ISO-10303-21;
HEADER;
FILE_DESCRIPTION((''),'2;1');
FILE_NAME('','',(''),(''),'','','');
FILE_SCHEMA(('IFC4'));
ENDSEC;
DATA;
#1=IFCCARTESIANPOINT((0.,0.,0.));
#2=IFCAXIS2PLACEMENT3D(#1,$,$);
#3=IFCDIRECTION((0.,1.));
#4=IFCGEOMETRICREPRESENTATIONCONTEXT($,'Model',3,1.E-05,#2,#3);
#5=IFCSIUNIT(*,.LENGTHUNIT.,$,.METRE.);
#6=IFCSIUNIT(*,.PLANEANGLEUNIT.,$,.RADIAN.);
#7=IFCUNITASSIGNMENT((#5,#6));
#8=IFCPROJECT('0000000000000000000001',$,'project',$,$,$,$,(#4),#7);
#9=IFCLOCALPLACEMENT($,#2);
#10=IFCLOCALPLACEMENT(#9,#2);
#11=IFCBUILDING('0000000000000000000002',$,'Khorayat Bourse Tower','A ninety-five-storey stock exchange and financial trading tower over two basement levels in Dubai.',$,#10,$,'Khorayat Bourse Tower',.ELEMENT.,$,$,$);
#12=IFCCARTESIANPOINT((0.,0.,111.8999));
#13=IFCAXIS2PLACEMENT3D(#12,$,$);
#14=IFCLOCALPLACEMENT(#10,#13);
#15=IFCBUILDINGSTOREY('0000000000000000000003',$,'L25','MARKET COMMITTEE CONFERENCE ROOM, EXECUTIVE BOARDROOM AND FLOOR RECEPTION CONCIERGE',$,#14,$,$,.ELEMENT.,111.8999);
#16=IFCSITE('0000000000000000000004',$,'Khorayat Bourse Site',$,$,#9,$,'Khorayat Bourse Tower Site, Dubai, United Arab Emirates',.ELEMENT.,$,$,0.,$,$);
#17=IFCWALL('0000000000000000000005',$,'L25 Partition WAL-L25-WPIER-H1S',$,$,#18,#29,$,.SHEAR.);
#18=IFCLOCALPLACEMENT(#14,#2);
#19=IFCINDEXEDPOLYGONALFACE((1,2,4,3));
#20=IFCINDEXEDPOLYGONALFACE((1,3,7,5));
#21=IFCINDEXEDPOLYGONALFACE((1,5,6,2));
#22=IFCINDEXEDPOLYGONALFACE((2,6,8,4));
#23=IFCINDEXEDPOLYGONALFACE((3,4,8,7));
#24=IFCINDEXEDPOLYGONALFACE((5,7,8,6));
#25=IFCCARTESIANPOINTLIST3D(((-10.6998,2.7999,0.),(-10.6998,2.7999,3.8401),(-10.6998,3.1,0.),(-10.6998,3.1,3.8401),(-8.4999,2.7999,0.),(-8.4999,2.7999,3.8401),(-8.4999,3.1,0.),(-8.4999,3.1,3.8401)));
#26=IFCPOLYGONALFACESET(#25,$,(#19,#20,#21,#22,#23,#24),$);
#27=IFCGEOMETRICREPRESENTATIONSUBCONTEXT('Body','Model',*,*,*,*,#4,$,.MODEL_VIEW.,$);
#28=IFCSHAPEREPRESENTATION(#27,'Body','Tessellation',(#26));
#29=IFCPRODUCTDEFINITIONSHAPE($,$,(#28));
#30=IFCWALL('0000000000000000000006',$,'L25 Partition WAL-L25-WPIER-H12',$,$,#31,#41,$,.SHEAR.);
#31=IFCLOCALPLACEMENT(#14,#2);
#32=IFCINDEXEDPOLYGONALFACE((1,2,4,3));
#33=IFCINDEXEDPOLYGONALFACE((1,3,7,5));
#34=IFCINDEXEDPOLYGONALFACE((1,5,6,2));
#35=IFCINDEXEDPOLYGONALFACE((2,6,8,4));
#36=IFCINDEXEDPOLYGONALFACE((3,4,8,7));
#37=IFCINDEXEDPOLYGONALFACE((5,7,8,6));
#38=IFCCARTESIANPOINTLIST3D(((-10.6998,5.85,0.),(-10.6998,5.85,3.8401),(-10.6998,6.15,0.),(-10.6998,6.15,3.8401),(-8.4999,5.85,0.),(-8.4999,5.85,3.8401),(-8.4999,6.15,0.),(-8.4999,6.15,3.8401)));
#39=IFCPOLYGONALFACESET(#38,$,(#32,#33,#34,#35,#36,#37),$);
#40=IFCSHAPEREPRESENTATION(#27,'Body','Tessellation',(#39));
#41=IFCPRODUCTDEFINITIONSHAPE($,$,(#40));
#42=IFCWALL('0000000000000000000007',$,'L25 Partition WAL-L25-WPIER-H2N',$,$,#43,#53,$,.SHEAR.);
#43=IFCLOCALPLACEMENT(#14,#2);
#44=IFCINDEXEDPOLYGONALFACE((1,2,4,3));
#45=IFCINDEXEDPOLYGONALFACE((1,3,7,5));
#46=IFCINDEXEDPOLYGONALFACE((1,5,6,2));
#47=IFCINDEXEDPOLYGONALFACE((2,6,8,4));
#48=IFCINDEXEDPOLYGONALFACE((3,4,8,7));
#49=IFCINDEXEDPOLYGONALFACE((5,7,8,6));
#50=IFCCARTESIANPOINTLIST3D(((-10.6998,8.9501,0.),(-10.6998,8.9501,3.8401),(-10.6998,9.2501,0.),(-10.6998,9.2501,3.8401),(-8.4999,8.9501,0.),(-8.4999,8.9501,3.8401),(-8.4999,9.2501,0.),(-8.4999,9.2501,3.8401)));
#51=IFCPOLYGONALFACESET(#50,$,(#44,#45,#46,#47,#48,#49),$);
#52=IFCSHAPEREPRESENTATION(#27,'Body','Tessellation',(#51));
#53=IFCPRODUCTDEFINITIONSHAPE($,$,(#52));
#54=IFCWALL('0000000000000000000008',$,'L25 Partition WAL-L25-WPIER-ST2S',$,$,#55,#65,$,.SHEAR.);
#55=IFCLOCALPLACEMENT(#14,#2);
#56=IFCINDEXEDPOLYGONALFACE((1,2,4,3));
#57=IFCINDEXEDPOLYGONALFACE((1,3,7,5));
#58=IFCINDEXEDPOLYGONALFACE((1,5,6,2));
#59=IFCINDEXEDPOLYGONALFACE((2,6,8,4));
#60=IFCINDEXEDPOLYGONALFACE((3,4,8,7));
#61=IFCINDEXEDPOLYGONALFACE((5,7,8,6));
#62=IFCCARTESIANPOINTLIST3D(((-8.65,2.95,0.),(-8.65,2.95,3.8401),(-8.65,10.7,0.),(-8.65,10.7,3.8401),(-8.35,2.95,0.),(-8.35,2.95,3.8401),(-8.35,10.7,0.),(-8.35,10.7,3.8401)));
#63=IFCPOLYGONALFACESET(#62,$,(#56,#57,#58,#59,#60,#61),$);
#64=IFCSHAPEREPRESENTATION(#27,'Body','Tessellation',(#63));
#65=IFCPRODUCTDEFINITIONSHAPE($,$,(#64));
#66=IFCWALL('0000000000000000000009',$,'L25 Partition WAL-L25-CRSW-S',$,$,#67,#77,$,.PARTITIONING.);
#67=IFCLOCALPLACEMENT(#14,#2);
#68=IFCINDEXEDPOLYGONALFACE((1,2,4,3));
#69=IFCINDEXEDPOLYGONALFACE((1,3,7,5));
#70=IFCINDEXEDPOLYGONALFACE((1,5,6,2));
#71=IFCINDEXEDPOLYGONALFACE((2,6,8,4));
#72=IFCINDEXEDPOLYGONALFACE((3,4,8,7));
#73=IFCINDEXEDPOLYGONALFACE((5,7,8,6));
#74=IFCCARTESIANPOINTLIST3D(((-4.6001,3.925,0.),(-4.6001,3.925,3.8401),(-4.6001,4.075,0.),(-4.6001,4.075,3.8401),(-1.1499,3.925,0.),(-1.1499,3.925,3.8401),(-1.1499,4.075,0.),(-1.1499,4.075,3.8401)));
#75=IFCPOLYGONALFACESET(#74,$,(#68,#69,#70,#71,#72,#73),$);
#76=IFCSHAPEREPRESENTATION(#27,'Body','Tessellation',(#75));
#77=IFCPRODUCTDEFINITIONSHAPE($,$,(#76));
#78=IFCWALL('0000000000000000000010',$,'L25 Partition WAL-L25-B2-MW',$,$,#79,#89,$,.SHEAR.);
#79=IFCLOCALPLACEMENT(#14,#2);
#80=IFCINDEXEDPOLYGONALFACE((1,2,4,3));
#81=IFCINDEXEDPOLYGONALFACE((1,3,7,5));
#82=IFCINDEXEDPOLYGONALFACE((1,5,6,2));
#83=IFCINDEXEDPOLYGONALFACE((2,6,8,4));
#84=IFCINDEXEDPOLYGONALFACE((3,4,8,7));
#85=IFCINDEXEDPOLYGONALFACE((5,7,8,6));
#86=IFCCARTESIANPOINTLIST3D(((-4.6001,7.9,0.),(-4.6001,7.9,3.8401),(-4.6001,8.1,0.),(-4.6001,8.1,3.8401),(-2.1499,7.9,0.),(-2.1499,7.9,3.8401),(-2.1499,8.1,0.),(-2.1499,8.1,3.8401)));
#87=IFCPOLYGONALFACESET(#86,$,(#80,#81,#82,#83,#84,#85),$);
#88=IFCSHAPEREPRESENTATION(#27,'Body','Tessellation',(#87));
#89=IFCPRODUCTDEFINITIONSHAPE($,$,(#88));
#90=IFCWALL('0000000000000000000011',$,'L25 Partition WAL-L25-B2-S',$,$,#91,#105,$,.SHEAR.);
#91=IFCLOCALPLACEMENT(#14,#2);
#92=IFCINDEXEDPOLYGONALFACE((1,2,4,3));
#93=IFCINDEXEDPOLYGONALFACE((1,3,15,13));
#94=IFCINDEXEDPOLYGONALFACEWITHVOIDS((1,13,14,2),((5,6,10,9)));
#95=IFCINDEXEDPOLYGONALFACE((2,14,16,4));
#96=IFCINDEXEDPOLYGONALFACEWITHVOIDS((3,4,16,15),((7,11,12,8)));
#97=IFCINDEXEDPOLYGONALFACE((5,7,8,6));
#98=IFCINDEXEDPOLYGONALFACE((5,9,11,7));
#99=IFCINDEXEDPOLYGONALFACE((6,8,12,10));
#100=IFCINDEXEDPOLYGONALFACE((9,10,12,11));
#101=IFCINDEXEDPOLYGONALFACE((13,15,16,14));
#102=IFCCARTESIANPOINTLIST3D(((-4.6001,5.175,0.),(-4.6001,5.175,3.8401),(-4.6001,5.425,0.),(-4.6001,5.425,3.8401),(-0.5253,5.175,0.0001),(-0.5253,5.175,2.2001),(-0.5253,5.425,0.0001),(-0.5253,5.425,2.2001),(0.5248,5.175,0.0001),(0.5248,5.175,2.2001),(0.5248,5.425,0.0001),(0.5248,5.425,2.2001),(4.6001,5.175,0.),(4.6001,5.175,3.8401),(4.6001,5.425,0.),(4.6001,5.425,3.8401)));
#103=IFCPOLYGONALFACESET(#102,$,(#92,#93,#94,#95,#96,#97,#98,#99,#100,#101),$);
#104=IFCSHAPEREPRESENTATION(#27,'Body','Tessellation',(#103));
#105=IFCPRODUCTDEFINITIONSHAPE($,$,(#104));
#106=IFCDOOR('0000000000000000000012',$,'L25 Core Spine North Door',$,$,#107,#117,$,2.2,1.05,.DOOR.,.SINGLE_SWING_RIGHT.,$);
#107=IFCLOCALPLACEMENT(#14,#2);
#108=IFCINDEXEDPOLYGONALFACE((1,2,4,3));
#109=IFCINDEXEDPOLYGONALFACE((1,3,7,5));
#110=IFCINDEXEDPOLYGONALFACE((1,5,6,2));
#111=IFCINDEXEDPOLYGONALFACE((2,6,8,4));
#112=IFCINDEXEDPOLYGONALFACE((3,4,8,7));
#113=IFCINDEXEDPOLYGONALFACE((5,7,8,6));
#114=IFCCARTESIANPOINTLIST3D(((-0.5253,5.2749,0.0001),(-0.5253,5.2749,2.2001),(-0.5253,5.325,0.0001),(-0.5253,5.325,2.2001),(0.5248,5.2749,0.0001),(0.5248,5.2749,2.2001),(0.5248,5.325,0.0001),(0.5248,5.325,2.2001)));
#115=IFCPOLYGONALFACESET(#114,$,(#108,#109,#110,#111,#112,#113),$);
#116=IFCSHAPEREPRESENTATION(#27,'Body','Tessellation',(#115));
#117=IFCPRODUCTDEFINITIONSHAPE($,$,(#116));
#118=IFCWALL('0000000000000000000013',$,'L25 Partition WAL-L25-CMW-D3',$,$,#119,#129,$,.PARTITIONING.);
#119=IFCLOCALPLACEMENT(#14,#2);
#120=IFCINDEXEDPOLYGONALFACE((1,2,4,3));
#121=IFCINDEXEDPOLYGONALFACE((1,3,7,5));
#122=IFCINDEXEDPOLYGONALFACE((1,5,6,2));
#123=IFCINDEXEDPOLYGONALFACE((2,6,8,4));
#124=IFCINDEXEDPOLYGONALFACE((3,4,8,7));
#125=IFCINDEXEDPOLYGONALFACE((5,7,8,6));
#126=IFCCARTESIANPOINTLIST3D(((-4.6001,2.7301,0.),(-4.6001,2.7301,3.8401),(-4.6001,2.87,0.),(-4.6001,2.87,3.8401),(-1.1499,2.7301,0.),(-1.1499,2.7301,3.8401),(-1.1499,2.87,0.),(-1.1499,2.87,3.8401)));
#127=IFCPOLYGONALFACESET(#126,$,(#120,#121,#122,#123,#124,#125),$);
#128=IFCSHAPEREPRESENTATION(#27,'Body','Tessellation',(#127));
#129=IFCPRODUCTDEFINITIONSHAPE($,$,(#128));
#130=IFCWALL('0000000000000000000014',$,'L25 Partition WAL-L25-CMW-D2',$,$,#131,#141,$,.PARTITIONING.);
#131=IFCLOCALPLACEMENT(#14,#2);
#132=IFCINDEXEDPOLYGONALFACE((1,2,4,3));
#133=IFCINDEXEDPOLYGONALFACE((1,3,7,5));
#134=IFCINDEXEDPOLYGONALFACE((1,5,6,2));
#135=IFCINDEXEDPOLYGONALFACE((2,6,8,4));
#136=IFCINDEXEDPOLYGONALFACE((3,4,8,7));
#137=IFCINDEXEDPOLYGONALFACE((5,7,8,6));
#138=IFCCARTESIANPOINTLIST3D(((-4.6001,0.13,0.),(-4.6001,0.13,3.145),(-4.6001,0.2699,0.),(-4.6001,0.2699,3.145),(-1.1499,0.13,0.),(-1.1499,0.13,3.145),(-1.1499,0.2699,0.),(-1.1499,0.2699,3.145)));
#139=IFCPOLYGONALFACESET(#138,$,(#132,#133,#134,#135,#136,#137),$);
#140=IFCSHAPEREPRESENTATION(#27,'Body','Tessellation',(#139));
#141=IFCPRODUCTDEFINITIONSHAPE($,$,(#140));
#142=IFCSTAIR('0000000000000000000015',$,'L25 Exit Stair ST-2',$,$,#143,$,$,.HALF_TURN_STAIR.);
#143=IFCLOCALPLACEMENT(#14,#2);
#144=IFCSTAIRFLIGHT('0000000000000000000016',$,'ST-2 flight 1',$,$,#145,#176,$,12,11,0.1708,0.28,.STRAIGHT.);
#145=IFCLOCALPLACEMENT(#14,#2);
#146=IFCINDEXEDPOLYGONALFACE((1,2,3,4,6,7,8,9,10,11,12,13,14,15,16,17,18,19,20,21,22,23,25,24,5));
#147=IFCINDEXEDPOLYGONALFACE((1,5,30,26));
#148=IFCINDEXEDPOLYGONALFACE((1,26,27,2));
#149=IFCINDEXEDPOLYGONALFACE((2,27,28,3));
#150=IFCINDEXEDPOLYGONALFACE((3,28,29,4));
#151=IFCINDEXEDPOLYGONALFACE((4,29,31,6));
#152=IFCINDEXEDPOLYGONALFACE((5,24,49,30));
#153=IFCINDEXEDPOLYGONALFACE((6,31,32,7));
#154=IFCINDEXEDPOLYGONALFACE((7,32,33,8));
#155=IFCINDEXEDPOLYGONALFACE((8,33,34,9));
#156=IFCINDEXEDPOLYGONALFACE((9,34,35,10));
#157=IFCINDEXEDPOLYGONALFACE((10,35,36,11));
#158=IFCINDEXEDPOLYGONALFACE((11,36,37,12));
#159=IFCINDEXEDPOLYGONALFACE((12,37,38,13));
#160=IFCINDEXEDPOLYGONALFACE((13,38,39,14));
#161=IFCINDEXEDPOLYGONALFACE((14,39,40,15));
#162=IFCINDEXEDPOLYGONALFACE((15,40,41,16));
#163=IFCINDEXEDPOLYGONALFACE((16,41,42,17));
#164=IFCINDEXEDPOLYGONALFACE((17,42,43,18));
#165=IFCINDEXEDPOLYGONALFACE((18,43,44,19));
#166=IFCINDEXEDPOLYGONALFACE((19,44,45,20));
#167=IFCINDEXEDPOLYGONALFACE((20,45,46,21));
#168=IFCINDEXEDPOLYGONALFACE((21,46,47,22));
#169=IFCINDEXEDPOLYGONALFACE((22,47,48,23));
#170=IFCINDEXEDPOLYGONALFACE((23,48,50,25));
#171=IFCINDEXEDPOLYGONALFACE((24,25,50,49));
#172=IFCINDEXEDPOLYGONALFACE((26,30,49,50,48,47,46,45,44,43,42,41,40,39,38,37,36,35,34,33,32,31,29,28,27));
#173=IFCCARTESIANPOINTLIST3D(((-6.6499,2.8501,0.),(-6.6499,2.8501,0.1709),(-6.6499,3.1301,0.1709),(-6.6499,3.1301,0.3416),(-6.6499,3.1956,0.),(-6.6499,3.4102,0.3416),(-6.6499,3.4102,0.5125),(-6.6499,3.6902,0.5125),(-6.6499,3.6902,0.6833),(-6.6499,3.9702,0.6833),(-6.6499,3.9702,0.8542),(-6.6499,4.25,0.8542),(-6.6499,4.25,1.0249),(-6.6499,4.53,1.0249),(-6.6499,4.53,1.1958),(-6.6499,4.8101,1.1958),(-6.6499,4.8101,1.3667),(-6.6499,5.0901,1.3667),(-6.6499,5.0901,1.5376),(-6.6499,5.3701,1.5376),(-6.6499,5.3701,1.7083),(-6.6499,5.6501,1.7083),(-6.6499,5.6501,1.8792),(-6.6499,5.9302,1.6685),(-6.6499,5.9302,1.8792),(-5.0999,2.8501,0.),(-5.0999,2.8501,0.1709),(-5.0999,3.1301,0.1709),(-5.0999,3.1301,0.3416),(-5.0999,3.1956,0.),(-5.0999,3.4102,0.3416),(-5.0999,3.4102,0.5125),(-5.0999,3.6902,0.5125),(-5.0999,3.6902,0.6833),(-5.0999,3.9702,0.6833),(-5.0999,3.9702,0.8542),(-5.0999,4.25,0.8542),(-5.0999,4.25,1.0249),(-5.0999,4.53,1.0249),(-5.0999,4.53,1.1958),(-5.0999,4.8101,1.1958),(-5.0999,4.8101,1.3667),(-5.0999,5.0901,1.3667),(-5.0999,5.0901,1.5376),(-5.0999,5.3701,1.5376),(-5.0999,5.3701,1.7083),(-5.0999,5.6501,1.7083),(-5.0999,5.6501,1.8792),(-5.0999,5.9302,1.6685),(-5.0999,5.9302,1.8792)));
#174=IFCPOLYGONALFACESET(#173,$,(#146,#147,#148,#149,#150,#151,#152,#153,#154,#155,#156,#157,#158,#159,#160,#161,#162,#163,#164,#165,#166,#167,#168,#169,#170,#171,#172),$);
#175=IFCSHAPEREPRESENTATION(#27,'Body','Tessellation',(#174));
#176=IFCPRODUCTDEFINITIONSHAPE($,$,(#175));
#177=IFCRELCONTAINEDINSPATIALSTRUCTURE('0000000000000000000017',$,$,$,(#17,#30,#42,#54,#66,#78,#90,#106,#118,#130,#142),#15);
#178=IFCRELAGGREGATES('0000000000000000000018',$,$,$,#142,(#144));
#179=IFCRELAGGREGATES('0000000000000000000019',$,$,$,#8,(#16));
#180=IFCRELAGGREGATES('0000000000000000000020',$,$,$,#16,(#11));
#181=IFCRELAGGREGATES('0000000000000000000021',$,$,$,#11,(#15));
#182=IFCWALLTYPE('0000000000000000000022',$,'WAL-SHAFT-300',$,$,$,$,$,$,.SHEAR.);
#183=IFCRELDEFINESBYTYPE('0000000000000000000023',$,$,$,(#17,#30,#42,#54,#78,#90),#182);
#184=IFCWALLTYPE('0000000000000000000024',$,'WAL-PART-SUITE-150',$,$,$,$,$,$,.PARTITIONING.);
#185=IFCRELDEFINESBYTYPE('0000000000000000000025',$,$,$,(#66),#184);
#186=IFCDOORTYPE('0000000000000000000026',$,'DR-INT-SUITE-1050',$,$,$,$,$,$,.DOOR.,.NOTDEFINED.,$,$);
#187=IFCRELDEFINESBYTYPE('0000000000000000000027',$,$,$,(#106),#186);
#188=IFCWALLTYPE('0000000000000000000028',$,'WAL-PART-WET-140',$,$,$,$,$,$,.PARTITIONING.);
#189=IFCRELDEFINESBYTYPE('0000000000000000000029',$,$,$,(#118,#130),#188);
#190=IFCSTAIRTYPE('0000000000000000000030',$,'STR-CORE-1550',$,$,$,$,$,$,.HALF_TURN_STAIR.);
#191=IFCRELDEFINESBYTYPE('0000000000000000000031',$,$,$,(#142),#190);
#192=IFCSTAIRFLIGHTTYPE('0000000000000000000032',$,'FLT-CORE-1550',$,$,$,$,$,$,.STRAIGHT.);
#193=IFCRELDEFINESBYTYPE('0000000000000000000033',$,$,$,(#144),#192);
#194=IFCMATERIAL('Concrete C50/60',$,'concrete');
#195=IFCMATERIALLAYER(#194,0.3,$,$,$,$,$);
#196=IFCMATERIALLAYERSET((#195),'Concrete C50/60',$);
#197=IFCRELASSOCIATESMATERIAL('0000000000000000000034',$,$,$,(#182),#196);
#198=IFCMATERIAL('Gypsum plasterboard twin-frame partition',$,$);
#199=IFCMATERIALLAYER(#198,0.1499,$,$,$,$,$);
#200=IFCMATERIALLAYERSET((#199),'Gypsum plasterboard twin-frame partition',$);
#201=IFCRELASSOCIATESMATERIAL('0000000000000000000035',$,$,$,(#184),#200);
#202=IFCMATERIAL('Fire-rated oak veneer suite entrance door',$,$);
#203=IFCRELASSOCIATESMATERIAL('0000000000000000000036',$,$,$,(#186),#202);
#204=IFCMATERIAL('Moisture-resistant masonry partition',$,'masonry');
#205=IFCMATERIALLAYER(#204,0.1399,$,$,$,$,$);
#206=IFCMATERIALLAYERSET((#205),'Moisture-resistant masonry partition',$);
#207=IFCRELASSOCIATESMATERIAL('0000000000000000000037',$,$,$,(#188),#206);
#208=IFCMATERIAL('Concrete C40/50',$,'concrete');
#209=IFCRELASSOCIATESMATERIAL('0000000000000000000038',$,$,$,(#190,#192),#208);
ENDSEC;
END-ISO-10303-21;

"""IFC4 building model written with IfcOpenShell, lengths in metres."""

from ifc_helpers import new_model, si_unit, direction, frame, frame_2d, origin, place, context, subcontext, project, spatial, polyline, rectangle, outline, extrude, source, transform, mapped, material, layer, layer_set, type_object, element, fill, aggregate, save


model = new_model("IFC4")

# Units and contexts
model_context = context("Model", 3, precision=1e-05, world=origin(), true_north=direction((0.0, 1.0)))
body_context = subcontext(model_context, "Body", "Model", "MODEL_VIEW")
ifc_project = project(units=[si_unit("LENGTHUNIT", "METRE"), si_unit("PLANEANGLEUNIT", "RADIAN")], contexts=[model_context])

# Site, building, storey
site_placement = place(None, origin())
site = spatial("IfcSite", under=ifc_project, at=site_placement, Name="Khorayat Bourse Site", LongName="Khorayat Bourse Tower Site, Dubai, United Arab Emirates", CompositionType="ELEMENT", RefElevation=0.0)
building_placement = place(site_placement, origin())
building = spatial("IfcBuilding", under=site, at=building_placement, Name="Khorayat Bourse Tower", Description="A ninety-five-storey stock exchange and financial trading tower over two basement levels in Dubai.", LongName="Khorayat Bourse Tower", CompositionType="ELEMENT")
storey_placement = place(building_placement, frame((0.0, 0.0, 111.8999)))
storey = spatial("IfcBuildingStorey", under=building, at=storey_placement, Name="L25", Description="MARKET COMMITTEE CONFERENCE ROOM, EXECUTIVE BOARDROOM AND FLOOR RECEPTION CONCIERGE", CompositionType="ELEMENT", Elevation=111.8999)

# Walls
ifc_material_1 = material(Name="Concrete C50/60", Category="concrete")
ifc_layer_1 = layer(ifc_material_1, 0.3)
ifc_layer_set_1 = layer_set([ifc_layer_1], Name="Concrete C50/60")
wall_type_1 = type_object("IfcWallType", Name="WAL-SHAFT-300", PredefinedType="SHEAR", material=ifc_layer_set_1)
shared_shape_1 = source(origin(), body_context, "Body", "SweptSolid", [
    extrude(rectangle(XDim=2.2, YDim=0.3, at=frame_2d((1.1001, 0.0))), origin(), (0.0, 0.0, 1.0), 3.8401),
])
for number, where, z_axis, x_axis, name in (
    (1, (-10.7, 2.95, 0.0), (0.0, 0.0, 1.0), (1.0, 0.0, 0.0), "L25 Partition WAL-L25-WPIER-H1S"),
    (2, (-10.7, 6.0, 0.0), (0.0, 0.0, 1.0), (1.0, 0.0, 0.0), "L25 Partition WAL-L25-WPIER-H12"),
    (3, (-10.7, 9.1001, 0.0), (0.0, 0.0, 1.0), (1.0, 0.0, 0.0), "L25 Partition WAL-L25-WPIER-H2N"),
):
    element("IfcWall", number, at=place(storey_placement, frame(where, z_axis=z_axis, x_axis=x_axis)), inside=storey, type_object=wall_type_1, Name=name, PredefinedType="SHEAR", context=body_context, shape_type="MappedRepresentation", body=[
        mapped(shared_shape_1, transform((0.0, 0.0, 0.0), scale=1.0)),
    ])
shared_shape_2 = source(origin(), body_context, "Body", "SweptSolid", [
    extrude(rectangle(XDim=7.75, YDim=0.3, at=frame_2d((3.875, 0.0))), origin(), (0.0, 0.0, 1.0), 3.8401),
])
wall_1_placement = place(storey_placement, frame((-8.5, 2.95, 0.0), z_axis=(0.0, 0.0, 1.0), x_axis=(0.0, 1.0, 0.0)))
element("IfcWall", 4, at=wall_1_placement, inside=storey, type_object=wall_type_1, Name="L25 Partition WAL-L25-WPIER-ST2S", PredefinedType="SHEAR", context=body_context, shape_type="MappedRepresentation", body=[
    mapped(shared_shape_2, transform((0.0, 0.0, 0.0), scale=1.0)),
])
ifc_material_2 = material(Name="Gypsum plasterboard twin-frame partition")
ifc_layer_2 = layer(ifc_material_2, 0.1499)
ifc_layer_set_2 = layer_set([ifc_layer_2], Name="Gypsum plasterboard twin-frame partition")
wall_type_2 = type_object("IfcWallType", Name="WAL-PART-SUITE-150", PredefinedType="PARTITIONING", material=ifc_layer_set_2)
shared_shape_3 = source(origin(), body_context, "Body", "SweptSolid", [
    extrude(rectangle(XDim=3.4502, YDim=0.1499, at=frame_2d((1.7251, 0.0))), origin(), (0.0, 0.0, 1.0), 3.8401),
])
wall_2_placement = place(storey_placement, frame((-4.6001, 4.0, 0.0), z_axis=(0.0, 0.0, 1.0), x_axis=(1.0, 0.0, 0.0)))
element("IfcWall", 5, at=wall_2_placement, inside=storey, type_object=wall_type_2, Name="L25 Partition WAL-L25-CRSW-S", PredefinedType="PARTITIONING", context=body_context, shape_type="MappedRepresentation", body=[
    mapped(shared_shape_3, transform((0.0, 0.0, 0.0), scale=1.0)),
])
shared_shape_4 = source(origin(), body_context, "Body", "SweptSolid", [
    extrude(rectangle(XDim=2.4502, YDim=0.2, at=frame_2d((1.2251, 0.0))), origin(), (0.0, 0.0, 1.0), 3.8401),
])
wall_3_placement = place(storey_placement, frame((-4.6001, 8.0, 0.0), z_axis=(0.0, 0.0, 1.0), x_axis=(1.0, 0.0, 0.0)))
element("IfcWall", 6, at=wall_3_placement, inside=storey, type_object=wall_type_1, Name="L25 Partition WAL-L25-B2-MW", PredefinedType="SHEAR", context=body_context, shape_type="MappedRepresentation", body=[
    mapped(shared_shape_4, transform((0.0, 0.0, 0.0), scale=1.0)),
])

# Wall, opening, door
shared_shape_5 = source(origin(), body_context, "Body", "SweptSolid", [
    extrude(rectangle(XDim=9.2002, YDim=0.25, at=frame_2d((4.6001, 0.0))), origin(), (0.0, 0.0, 1.0), 3.8401),
])
wall_4_placement = place(storey_placement, frame((-4.6001, 5.3, 0.0), z_axis=(0.0, 0.0, 1.0), x_axis=(1.0, 0.0, 0.0)))
wall_4 = element("IfcWall", 7, at=wall_4_placement, inside=storey, type_object=wall_type_1, Name="L25 Partition WAL-L25-B2-S", PredefinedType="SHEAR", context=body_context, shape_type="MappedRepresentation", body=[
    mapped(shared_shape_5, transform((0.0, 0.0, 0.0), scale=1.0)),
])
shared_shape_6 = source(origin(), body_context, "Body", "SweptSolid", [
    extrude(rectangle(XDim=1.05, YDim=2.2, at=frame_2d((0.5249, 1.1001))), frame((0.0, 0.135, 0.0), z_axis=(0.0, -1.0, 0.0), x_axis=(1.0, 0.0, 0.0)), (0.0, 0.0, 1.0), 0.27),
])
opening_placement = place(wall_4_placement, frame((4.075, 0.0, 0.0)))
opening = element("IfcOpeningElement", 8, at=opening_placement, cuts=wall_4, PredefinedType="OPENING", context=body_context, shape_type="MappedRepresentation", body=[
    mapped(shared_shape_6, transform((0.0, 0.0, 0.0), scale=1.0)),
])
ifc_material_3 = material(Name="Fire-rated oak veneer suite entrance door")
door_type = type_object("IfcDoorType", Name="DR-INT-SUITE-1050", OperationType="NOTDEFINED", PredefinedType="DOOR", material=ifc_material_3)
shared_shape_7 = source(origin(), body_context, "Body", "SweptSolid", [
    extrude(rectangle(XDim=1.05, YDim=2.2, at=frame_2d((0.5249, 1.1001))), frame((0.0, 0.0249, 0.0), z_axis=(0.0, -1.0, 0.0), x_axis=(1.0, 0.0, 0.0)), (0.0, 0.0, 1.0), 0.05),
])
door_placement = place(opening_placement, origin())
door = element("IfcDoor", 9, at=door_placement, inside=storey, type_object=door_type, Name="L25 Core Spine North Door", OperationType="SINGLE_SWING_RIGHT", OverallHeight=2.2, OverallWidth=1.05, PredefinedType="DOOR", context=body_context, shape_type="MappedRepresentation", body=[
    mapped(shared_shape_7, transform((0.0, 0.0, 0.0), scale=1.0)),
])
fill(opening, door)

# Walls
ifc_material_4 = material(Name="Moisture-resistant masonry partition", Category="masonry")
ifc_layer_3 = layer(ifc_material_4, 0.1399)
ifc_layer_set_3 = layer_set([ifc_layer_3], Name="Moisture-resistant masonry partition")
wall_type_3 = type_object("IfcWallType", Name="WAL-PART-WET-140", PredefinedType="PARTITIONING", material=ifc_layer_set_3)
shared_shape_8 = source(origin(), body_context, "Body", "SweptSolid", [
    extrude(rectangle(XDim=3.4502, YDim=0.1399, at=frame_2d((1.7251, 0.0))), origin(), (0.0, 0.0, 1.0), 3.8401),
])
wall_5_placement = place(storey_placement, frame((-4.6001, 2.8, 0.0), z_axis=(0.0, 0.0, 1.0), x_axis=(1.0, 0.0, 0.0)))
element("IfcWall", 10, at=wall_5_placement, inside=storey, type_object=wall_type_3, Name="L25 Partition WAL-L25-CMW-D3", PredefinedType="PARTITIONING", context=body_context, shape_type="MappedRepresentation", body=[
    mapped(shared_shape_8, transform((0.0, 0.0, 0.0), scale=1.0)),
])
shared_shape_9 = source(origin(), body_context, "Body", "SweptSolid", [
    extrude(rectangle(XDim=3.4502, YDim=0.1399, at=frame_2d((1.7251, 0.0))), origin(), (0.0, 0.0, 1.0), 3.145),
])
wall_6_placement = place(storey_placement, frame((-4.6001, 0.2, 0.0), z_axis=(0.0, 0.0, 1.0), x_axis=(1.0, 0.0, 0.0)))
element("IfcWall", 11, at=wall_6_placement, inside=storey, type_object=wall_type_3, Name="L25 Partition WAL-L25-CMW-D2", PredefinedType="PARTITIONING", context=body_context, shape_type="MappedRepresentation", body=[
    mapped(shared_shape_9, transform((0.0, 0.0, 0.0), scale=1.0)),
])

# Stair, stair flight
ifc_material_5 = material(Name="Concrete C40/50", Category="concrete")
stair_type = type_object("IfcStairType", Name="STR-CORE-1550", PredefinedType="HALF_TURN_STAIR", material=ifc_material_5)
stair_placement = place(storey_placement, origin())
stair = element("IfcStair", 12, at=stair_placement, inside=storey, type_object=stair_type, Name="L25 Exit Stair ST-2", PredefinedType="HALF_TURN_STAIR")
stair_flight_type = type_object("IfcStairFlightType", Name="FLT-CORE-1550", PredefinedType="STRAIGHT", material=ifc_material_5)
shared_shape_10 = source(origin(), body_context, "Body", "SweptSolid", [
    extrude(outline(polyline([(0.0, 0.0), (0.0, 0.1709), (0.28, 0.1709), (0.28, 0.3416), (0.5601, 0.3416), (0.5601, 0.5125), (0.8401, 0.5125), (0.8401, 0.6833), (1.1201, 0.6833), (1.1201, 0.8542), (1.3999, 0.8542), (1.3999, 1.0249), (1.6799, 1.0249), (1.6799, 1.1958), (1.96, 1.1958), (1.96, 1.3667), (2.24, 1.3667), (2.24, 1.5376), (2.52, 1.5376), (2.52, 1.7083), (2.8, 1.7083), (2.8, 1.8792), (3.0801, 1.8792), (3.0801, 2.05), (3.0801, 1.6685), (0.3455, 0.0), (0.0, 0.0)])), frame((0.0, 0.7749, 0.0), z_axis=(0.0, -1.0, 0.0), x_axis=(1.0, 0.0, 0.0)), (0.0, 0.0, 1.0), 1.55),
])
stair_flight_1_placement = place(storey_placement, frame((-5.875, 2.8501, 0.0), z_axis=(0.0, 0.0, 1.0), x_axis=(0.0, 1.0, 0.0)))
stair_flight_1 = element("IfcStairFlight", 13, at=stair_flight_1_placement, type_object=stair_flight_type, Name="ST-2 flight 1", NumberOfRisers=12, NumberOfTreads=11, PredefinedType="STRAIGHT", RiserHeight=0.1708, TreadLength=0.28, context=body_context, shape_type="MappedRepresentation", body=[
    mapped(shared_shape_10, transform((0.0, 0.0, 0.0), scale=1.0)),
])
aggregate(stair, [stair_flight_1])

save(model, "model.ifc")
